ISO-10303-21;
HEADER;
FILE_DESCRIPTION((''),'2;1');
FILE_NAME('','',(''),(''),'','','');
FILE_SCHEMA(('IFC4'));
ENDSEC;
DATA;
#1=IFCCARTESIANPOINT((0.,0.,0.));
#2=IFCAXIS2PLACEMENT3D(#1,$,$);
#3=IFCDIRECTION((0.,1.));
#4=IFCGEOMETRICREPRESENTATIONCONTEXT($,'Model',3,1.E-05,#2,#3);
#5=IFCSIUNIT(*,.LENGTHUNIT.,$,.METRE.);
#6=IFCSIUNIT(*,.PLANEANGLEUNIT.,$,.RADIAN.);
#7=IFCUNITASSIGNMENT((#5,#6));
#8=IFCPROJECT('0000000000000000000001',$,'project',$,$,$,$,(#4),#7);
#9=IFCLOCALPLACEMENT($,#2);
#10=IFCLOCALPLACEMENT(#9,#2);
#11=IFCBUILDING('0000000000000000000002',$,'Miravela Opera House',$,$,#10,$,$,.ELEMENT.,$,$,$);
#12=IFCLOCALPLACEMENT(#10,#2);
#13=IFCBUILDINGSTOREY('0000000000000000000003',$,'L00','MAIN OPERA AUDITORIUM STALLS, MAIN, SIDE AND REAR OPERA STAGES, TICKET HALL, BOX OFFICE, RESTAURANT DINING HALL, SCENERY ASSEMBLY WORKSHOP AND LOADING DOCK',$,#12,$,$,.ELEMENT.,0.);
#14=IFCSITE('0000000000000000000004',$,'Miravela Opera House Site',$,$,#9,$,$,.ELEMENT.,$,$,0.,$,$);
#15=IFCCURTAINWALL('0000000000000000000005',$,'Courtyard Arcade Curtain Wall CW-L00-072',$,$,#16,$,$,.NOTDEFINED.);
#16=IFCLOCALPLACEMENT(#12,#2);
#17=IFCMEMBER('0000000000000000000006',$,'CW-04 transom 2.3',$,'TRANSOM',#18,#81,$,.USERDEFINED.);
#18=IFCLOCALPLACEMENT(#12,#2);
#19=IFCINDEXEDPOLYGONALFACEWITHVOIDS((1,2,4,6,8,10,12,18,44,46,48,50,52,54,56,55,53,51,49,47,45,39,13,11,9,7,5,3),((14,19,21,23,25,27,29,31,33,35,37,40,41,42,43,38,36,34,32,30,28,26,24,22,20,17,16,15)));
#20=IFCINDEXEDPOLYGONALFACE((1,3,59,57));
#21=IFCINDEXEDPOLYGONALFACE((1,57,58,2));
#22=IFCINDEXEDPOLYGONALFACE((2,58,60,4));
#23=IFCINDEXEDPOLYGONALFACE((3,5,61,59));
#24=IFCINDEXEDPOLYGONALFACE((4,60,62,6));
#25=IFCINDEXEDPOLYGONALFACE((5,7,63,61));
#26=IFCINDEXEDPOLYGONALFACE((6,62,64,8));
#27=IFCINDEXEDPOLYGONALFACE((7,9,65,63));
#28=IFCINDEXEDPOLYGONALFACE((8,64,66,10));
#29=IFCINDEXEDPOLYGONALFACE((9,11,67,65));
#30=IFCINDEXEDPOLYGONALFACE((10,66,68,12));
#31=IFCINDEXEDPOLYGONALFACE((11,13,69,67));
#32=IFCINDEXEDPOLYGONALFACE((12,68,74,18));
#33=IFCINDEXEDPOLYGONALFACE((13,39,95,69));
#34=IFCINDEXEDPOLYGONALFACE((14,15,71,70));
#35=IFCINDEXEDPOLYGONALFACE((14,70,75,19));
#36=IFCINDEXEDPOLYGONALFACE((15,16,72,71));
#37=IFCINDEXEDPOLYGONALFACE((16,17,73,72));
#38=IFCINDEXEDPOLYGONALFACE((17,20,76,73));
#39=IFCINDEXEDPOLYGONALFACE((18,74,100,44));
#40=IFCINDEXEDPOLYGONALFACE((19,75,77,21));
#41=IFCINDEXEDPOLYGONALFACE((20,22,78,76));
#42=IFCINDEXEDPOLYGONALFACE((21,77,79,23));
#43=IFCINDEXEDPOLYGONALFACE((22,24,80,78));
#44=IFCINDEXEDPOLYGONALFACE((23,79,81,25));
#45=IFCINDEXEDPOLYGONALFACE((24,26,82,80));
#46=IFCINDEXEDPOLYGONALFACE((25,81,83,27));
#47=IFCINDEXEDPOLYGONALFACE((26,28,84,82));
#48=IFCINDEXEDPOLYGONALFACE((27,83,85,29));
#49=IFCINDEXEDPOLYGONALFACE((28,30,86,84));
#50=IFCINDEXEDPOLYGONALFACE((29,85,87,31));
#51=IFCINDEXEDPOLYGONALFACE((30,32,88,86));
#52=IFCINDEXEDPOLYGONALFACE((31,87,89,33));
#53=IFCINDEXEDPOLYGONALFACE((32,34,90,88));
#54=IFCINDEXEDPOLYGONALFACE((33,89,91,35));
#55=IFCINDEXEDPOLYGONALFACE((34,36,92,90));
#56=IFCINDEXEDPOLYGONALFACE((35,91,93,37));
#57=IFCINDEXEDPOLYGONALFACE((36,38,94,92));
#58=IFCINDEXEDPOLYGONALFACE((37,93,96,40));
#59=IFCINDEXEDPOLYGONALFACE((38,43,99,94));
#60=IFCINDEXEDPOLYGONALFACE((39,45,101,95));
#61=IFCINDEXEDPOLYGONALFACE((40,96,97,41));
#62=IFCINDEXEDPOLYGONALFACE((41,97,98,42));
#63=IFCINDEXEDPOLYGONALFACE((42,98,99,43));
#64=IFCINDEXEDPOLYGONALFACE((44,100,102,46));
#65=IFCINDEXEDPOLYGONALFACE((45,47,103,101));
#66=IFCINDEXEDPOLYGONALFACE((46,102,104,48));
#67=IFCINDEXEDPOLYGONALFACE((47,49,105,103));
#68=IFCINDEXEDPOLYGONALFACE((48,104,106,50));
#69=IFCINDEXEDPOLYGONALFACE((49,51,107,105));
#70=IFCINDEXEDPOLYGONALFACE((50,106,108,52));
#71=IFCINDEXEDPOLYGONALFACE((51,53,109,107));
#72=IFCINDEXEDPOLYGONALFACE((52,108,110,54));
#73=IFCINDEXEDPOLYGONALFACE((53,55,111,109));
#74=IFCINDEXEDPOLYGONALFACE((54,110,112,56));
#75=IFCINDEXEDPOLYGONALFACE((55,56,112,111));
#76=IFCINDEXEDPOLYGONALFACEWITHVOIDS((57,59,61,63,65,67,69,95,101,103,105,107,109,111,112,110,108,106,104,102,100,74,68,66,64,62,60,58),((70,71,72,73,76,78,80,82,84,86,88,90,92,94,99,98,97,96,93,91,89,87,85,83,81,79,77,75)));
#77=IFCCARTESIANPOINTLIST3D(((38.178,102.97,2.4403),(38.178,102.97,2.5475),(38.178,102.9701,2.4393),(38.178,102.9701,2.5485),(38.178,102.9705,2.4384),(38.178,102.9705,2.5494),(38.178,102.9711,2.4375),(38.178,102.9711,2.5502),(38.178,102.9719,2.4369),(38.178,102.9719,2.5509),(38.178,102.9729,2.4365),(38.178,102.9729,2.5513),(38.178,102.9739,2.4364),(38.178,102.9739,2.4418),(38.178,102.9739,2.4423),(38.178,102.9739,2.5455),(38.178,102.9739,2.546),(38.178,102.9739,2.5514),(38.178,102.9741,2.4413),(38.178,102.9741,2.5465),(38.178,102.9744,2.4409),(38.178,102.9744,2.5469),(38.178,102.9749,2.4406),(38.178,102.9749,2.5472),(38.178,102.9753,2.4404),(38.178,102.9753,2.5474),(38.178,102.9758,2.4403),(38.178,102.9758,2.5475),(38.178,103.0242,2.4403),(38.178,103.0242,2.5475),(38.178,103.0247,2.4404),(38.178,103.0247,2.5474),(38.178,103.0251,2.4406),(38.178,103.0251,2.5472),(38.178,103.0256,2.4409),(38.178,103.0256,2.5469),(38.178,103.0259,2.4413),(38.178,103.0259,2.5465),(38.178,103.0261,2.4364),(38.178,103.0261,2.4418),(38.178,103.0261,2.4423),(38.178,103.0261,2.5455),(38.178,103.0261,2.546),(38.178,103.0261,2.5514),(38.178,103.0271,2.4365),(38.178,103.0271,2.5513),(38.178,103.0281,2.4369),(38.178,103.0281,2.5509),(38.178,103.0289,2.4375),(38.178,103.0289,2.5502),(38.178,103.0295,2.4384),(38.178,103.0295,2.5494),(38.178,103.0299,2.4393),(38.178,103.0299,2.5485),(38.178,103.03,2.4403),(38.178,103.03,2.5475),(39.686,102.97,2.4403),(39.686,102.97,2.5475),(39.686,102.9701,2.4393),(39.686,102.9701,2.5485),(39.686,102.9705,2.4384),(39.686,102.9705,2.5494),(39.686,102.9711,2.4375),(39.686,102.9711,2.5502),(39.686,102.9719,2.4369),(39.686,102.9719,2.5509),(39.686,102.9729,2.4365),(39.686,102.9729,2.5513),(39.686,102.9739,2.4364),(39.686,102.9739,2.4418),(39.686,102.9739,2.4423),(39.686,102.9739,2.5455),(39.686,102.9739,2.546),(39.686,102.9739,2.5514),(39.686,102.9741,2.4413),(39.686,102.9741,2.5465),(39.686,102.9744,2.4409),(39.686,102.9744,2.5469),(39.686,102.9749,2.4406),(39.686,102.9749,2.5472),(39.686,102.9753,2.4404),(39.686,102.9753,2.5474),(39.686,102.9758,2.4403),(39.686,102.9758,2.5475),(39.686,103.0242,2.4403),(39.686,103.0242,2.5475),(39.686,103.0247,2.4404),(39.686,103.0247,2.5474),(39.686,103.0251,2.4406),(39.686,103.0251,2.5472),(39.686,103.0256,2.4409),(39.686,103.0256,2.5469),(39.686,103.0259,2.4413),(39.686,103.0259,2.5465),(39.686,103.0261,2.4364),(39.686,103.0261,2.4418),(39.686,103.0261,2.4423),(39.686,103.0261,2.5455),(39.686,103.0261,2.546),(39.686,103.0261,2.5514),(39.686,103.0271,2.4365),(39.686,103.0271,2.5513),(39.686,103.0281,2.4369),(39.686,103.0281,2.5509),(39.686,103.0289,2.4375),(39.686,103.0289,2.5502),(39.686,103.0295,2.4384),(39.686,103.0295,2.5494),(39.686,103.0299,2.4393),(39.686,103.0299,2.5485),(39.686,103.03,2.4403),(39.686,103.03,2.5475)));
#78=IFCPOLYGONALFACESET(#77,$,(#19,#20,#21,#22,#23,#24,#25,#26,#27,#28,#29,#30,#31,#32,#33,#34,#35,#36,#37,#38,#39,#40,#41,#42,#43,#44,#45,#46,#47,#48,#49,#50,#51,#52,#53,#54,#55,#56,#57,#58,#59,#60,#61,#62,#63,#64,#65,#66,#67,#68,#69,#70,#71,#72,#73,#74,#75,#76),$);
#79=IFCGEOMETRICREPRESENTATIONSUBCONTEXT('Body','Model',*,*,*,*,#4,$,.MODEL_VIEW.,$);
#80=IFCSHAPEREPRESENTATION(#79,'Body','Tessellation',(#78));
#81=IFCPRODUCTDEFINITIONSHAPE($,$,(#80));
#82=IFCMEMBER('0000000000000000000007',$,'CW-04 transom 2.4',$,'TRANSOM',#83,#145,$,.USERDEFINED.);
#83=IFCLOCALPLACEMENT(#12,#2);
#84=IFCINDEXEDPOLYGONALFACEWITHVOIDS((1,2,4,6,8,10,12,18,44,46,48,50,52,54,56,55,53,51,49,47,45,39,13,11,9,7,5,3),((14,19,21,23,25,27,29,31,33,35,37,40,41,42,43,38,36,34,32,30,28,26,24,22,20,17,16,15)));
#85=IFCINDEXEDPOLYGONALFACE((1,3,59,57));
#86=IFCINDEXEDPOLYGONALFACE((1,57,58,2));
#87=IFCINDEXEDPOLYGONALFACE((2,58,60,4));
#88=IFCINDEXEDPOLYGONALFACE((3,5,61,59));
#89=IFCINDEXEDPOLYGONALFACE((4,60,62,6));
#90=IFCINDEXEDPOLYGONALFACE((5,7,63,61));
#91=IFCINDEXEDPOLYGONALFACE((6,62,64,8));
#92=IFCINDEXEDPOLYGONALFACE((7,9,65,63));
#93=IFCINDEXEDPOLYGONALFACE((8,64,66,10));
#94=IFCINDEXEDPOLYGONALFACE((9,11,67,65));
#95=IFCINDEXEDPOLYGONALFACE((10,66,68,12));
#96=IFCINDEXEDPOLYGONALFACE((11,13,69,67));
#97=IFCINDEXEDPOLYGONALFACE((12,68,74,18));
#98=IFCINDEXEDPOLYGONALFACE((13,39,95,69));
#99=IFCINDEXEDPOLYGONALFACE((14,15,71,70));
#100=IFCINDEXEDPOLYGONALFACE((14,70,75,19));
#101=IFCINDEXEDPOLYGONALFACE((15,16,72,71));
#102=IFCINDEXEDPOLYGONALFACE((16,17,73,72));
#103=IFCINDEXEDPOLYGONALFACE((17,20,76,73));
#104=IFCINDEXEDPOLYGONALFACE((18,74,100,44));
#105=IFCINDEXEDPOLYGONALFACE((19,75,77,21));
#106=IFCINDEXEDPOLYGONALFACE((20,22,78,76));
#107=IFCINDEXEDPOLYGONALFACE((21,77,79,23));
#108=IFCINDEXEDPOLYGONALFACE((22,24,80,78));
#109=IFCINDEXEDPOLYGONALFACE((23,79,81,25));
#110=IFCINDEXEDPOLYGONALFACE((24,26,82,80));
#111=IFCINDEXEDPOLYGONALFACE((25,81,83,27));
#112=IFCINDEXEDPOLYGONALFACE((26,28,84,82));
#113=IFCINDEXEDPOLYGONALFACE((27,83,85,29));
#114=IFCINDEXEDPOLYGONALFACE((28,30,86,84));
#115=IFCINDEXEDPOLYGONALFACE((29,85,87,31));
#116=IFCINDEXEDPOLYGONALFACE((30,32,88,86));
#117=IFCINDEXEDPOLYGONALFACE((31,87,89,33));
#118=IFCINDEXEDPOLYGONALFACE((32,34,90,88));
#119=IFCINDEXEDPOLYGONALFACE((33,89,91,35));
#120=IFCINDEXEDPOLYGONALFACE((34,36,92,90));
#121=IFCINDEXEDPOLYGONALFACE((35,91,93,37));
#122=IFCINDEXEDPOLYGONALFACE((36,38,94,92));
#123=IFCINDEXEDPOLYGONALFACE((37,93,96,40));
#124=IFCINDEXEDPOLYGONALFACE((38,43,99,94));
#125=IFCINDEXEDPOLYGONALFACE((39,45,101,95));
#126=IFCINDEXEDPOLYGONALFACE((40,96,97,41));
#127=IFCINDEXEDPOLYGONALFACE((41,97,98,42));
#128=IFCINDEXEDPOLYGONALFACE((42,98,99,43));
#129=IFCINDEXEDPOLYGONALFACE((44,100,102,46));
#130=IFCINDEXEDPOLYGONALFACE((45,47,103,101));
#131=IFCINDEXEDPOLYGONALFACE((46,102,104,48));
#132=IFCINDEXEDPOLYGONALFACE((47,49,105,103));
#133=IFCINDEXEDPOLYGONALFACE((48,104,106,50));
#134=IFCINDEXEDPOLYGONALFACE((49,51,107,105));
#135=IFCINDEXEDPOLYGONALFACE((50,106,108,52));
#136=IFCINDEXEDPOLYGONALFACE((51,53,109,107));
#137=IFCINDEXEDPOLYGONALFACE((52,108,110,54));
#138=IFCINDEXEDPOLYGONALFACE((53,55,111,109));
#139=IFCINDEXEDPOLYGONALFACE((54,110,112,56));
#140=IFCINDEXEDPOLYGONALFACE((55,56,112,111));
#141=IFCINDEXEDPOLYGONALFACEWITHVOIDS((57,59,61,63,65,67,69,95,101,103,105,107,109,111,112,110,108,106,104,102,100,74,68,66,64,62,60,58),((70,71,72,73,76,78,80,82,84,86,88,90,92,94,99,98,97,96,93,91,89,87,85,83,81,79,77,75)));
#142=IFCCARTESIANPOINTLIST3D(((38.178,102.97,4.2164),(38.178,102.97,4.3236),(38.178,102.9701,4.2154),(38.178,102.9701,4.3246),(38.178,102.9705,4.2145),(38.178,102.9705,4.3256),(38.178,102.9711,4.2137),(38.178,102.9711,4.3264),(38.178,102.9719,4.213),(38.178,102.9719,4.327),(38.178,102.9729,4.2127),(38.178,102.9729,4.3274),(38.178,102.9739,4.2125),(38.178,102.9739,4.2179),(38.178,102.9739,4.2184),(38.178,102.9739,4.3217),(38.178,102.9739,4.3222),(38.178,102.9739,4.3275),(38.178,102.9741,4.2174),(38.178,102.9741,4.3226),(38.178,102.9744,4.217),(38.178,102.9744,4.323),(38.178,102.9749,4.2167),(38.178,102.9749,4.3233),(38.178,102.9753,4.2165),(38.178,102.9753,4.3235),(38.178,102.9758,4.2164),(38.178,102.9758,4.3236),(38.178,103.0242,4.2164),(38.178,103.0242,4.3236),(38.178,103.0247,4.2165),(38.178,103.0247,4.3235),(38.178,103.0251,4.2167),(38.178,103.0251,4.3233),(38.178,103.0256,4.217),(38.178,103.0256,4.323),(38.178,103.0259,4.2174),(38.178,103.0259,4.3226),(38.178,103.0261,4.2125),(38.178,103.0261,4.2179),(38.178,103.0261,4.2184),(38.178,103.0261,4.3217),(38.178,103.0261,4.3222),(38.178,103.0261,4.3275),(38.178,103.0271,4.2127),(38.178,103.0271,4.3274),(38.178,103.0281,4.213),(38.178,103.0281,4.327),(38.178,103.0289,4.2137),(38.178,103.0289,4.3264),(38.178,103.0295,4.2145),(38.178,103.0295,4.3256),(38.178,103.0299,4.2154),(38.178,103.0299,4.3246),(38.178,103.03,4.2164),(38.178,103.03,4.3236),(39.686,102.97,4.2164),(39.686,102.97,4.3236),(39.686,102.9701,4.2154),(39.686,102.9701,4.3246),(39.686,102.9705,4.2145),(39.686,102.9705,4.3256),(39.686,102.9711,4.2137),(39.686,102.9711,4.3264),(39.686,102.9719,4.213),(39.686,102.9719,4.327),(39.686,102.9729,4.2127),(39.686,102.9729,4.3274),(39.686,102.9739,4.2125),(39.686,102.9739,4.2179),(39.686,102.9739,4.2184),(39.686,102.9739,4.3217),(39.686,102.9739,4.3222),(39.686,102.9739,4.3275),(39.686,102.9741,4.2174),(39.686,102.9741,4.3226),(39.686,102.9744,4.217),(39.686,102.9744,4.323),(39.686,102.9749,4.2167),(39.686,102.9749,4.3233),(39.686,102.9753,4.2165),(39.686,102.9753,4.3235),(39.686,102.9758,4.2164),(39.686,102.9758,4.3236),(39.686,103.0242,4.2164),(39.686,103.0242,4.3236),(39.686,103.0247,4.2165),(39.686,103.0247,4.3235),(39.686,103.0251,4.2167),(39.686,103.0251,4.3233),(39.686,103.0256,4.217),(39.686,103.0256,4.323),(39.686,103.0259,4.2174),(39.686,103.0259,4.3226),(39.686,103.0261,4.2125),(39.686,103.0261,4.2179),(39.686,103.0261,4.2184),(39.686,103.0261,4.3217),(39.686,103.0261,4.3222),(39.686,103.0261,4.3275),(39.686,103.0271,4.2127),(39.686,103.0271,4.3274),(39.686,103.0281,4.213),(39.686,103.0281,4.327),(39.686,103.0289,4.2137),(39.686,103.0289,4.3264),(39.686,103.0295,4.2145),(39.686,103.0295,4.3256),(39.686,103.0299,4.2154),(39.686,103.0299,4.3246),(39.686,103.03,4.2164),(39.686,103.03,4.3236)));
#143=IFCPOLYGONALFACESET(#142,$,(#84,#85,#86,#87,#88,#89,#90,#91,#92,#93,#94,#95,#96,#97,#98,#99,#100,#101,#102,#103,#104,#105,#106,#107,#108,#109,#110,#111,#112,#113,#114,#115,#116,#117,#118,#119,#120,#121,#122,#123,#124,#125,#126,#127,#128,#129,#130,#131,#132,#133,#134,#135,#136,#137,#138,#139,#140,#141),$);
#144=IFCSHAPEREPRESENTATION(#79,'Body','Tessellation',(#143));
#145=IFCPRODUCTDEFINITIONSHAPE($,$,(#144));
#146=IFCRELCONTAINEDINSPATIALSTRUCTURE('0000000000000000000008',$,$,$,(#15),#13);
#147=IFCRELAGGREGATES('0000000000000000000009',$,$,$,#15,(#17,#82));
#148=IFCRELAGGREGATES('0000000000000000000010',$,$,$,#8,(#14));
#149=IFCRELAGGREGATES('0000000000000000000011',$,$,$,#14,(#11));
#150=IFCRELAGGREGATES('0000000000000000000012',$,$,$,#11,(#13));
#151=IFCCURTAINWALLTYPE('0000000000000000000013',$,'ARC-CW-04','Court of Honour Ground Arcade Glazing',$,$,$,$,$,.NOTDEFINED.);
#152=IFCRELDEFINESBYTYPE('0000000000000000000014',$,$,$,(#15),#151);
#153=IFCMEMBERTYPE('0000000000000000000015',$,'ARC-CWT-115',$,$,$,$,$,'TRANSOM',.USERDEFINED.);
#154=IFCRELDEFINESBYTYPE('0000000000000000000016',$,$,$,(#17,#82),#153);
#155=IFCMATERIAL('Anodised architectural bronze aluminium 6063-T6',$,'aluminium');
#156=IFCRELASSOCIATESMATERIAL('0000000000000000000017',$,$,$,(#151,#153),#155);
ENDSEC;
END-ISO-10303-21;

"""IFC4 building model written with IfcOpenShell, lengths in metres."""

from ifc_helpers import new_model, si_unit, direction, frame, origin, origin_2d, place, context, subcontext, project, spatial, hollow_rectangle, extrude, material, material_profile, profile_set, type_object, element, aggregate, save


model = new_model("IFC4")

# Units and contexts
model_context = context("Model", 3, precision=1e-05, world=origin(), true_north=direction((0.0, 1.0)))
body_context = subcontext(model_context, "Body", "Model", "MODEL_VIEW")
ifc_project = project(units=[si_unit("LENGTHUNIT", "METRE"), si_unit("PLANEANGLEUNIT", "RADIAN")], contexts=[model_context])

# Site, building, storey
site_placement = place(None, origin())
site = spatial("IfcSite", under=ifc_project, at=site_placement, Name="Miravela Opera House Site", CompositionType="ELEMENT", RefElevation=0.0)
building_placement = place(site_placement, origin())
building = spatial("IfcBuilding", under=site, at=building_placement, Name="Miravela Opera House", CompositionType="ELEMENT")
storey_placement = place(building_placement, origin())
storey = spatial("IfcBuildingStorey", under=building, at=storey_placement, Name="L00", Description="MAIN OPERA AUDITORIUM STALLS, MAIN, SIDE AND REAR OPERA STAGES, TICKET HALL, BOX OFFICE, RESTAURANT DINING HALL, SCENERY ASSEMBLY WORKSHOP AND LOADING DOCK", CompositionType="ELEMENT", Elevation=0.0)

# Curtain wall, members
ifc_material_1 = material(Name="Anodised architectural bronze aluminium 6063-T6", Category="aluminium")
curtain_wall_type = type_object("IfcCurtainWallType", Name="ARC-CW-04", Description="Court of Honour Ground Arcade Glazing", PredefinedType="NOTDEFINED", material=ifc_material_1)
curtain_wall_placement = place(storey_placement, origin())
curtain_wall = element("IfcCurtainWall", 1, at=curtain_wall_placement, inside=storey, type_object=curtain_wall_type, Name="Courtyard Arcade Curtain Wall CW-L00-072", PredefinedType="NOTDEFINED")
ifc_material_profile_1 = material_profile(ifc_material_1, hollow_rectangle(XDim=0.0601, YDim=0.115, WallThickness=0.0039, InnerFilletRadius=0.002, OuterFilletRadius=0.0039, at=origin_2d()), Name="CWT-60X115")
ifc_profile_set_1 = profile_set([ifc_material_profile_1])
member_type_1 = type_object("IfcMemberType", Name="ARC-CWT-115", ElementType="TRANSOM", PredefinedType="USERDEFINED", material=ifc_profile_set_1)
member_1_placement = place(storey_placement, frame((38.178, 103.0, 2.4939), z_axis=(1.0, 0.0, 0.0), x_axis=(0.0, 1.0, 0.0)))
member_1 = element("IfcMember", 2, at=member_1_placement, type_object=member_type_1, Name="CW-04 transom 2.3", ObjectType="TRANSOM", PredefinedType="USERDEFINED", context=body_context, shape_type="SweptSolid", body=[
    extrude(hollow_rectangle(XDim=0.0601, YDim=0.115, WallThickness=0.0039, InnerFilletRadius=0.002, OuterFilletRadius=0.0039, at=origin_2d()), origin(), (0.0, 0.0, 1.0), 1.5081),
])
member_2_placement = place(storey_placement, frame((38.178, 103.0, 4.27), z_axis=(1.0, 0.0, 0.0), x_axis=(0.0, 1.0, 0.0)))
member_2 = element("IfcMember", 3, at=member_2_placement, type_object=member_type_1, Name="CW-04 transom 2.4", ObjectType="TRANSOM", PredefinedType="USERDEFINED", context=body_context, shape_type="SweptSolid", body=[
    extrude(hollow_rectangle(XDim=0.0601, YDim=0.115, WallThickness=0.0039, InnerFilletRadius=0.002, OuterFilletRadius=0.0039, at=origin_2d()), origin(), (0.0, 0.0, 1.0), 1.5081),
])
aggregate(curtain_wall, [member_1, member_2])

save(model, "model.ifc")
